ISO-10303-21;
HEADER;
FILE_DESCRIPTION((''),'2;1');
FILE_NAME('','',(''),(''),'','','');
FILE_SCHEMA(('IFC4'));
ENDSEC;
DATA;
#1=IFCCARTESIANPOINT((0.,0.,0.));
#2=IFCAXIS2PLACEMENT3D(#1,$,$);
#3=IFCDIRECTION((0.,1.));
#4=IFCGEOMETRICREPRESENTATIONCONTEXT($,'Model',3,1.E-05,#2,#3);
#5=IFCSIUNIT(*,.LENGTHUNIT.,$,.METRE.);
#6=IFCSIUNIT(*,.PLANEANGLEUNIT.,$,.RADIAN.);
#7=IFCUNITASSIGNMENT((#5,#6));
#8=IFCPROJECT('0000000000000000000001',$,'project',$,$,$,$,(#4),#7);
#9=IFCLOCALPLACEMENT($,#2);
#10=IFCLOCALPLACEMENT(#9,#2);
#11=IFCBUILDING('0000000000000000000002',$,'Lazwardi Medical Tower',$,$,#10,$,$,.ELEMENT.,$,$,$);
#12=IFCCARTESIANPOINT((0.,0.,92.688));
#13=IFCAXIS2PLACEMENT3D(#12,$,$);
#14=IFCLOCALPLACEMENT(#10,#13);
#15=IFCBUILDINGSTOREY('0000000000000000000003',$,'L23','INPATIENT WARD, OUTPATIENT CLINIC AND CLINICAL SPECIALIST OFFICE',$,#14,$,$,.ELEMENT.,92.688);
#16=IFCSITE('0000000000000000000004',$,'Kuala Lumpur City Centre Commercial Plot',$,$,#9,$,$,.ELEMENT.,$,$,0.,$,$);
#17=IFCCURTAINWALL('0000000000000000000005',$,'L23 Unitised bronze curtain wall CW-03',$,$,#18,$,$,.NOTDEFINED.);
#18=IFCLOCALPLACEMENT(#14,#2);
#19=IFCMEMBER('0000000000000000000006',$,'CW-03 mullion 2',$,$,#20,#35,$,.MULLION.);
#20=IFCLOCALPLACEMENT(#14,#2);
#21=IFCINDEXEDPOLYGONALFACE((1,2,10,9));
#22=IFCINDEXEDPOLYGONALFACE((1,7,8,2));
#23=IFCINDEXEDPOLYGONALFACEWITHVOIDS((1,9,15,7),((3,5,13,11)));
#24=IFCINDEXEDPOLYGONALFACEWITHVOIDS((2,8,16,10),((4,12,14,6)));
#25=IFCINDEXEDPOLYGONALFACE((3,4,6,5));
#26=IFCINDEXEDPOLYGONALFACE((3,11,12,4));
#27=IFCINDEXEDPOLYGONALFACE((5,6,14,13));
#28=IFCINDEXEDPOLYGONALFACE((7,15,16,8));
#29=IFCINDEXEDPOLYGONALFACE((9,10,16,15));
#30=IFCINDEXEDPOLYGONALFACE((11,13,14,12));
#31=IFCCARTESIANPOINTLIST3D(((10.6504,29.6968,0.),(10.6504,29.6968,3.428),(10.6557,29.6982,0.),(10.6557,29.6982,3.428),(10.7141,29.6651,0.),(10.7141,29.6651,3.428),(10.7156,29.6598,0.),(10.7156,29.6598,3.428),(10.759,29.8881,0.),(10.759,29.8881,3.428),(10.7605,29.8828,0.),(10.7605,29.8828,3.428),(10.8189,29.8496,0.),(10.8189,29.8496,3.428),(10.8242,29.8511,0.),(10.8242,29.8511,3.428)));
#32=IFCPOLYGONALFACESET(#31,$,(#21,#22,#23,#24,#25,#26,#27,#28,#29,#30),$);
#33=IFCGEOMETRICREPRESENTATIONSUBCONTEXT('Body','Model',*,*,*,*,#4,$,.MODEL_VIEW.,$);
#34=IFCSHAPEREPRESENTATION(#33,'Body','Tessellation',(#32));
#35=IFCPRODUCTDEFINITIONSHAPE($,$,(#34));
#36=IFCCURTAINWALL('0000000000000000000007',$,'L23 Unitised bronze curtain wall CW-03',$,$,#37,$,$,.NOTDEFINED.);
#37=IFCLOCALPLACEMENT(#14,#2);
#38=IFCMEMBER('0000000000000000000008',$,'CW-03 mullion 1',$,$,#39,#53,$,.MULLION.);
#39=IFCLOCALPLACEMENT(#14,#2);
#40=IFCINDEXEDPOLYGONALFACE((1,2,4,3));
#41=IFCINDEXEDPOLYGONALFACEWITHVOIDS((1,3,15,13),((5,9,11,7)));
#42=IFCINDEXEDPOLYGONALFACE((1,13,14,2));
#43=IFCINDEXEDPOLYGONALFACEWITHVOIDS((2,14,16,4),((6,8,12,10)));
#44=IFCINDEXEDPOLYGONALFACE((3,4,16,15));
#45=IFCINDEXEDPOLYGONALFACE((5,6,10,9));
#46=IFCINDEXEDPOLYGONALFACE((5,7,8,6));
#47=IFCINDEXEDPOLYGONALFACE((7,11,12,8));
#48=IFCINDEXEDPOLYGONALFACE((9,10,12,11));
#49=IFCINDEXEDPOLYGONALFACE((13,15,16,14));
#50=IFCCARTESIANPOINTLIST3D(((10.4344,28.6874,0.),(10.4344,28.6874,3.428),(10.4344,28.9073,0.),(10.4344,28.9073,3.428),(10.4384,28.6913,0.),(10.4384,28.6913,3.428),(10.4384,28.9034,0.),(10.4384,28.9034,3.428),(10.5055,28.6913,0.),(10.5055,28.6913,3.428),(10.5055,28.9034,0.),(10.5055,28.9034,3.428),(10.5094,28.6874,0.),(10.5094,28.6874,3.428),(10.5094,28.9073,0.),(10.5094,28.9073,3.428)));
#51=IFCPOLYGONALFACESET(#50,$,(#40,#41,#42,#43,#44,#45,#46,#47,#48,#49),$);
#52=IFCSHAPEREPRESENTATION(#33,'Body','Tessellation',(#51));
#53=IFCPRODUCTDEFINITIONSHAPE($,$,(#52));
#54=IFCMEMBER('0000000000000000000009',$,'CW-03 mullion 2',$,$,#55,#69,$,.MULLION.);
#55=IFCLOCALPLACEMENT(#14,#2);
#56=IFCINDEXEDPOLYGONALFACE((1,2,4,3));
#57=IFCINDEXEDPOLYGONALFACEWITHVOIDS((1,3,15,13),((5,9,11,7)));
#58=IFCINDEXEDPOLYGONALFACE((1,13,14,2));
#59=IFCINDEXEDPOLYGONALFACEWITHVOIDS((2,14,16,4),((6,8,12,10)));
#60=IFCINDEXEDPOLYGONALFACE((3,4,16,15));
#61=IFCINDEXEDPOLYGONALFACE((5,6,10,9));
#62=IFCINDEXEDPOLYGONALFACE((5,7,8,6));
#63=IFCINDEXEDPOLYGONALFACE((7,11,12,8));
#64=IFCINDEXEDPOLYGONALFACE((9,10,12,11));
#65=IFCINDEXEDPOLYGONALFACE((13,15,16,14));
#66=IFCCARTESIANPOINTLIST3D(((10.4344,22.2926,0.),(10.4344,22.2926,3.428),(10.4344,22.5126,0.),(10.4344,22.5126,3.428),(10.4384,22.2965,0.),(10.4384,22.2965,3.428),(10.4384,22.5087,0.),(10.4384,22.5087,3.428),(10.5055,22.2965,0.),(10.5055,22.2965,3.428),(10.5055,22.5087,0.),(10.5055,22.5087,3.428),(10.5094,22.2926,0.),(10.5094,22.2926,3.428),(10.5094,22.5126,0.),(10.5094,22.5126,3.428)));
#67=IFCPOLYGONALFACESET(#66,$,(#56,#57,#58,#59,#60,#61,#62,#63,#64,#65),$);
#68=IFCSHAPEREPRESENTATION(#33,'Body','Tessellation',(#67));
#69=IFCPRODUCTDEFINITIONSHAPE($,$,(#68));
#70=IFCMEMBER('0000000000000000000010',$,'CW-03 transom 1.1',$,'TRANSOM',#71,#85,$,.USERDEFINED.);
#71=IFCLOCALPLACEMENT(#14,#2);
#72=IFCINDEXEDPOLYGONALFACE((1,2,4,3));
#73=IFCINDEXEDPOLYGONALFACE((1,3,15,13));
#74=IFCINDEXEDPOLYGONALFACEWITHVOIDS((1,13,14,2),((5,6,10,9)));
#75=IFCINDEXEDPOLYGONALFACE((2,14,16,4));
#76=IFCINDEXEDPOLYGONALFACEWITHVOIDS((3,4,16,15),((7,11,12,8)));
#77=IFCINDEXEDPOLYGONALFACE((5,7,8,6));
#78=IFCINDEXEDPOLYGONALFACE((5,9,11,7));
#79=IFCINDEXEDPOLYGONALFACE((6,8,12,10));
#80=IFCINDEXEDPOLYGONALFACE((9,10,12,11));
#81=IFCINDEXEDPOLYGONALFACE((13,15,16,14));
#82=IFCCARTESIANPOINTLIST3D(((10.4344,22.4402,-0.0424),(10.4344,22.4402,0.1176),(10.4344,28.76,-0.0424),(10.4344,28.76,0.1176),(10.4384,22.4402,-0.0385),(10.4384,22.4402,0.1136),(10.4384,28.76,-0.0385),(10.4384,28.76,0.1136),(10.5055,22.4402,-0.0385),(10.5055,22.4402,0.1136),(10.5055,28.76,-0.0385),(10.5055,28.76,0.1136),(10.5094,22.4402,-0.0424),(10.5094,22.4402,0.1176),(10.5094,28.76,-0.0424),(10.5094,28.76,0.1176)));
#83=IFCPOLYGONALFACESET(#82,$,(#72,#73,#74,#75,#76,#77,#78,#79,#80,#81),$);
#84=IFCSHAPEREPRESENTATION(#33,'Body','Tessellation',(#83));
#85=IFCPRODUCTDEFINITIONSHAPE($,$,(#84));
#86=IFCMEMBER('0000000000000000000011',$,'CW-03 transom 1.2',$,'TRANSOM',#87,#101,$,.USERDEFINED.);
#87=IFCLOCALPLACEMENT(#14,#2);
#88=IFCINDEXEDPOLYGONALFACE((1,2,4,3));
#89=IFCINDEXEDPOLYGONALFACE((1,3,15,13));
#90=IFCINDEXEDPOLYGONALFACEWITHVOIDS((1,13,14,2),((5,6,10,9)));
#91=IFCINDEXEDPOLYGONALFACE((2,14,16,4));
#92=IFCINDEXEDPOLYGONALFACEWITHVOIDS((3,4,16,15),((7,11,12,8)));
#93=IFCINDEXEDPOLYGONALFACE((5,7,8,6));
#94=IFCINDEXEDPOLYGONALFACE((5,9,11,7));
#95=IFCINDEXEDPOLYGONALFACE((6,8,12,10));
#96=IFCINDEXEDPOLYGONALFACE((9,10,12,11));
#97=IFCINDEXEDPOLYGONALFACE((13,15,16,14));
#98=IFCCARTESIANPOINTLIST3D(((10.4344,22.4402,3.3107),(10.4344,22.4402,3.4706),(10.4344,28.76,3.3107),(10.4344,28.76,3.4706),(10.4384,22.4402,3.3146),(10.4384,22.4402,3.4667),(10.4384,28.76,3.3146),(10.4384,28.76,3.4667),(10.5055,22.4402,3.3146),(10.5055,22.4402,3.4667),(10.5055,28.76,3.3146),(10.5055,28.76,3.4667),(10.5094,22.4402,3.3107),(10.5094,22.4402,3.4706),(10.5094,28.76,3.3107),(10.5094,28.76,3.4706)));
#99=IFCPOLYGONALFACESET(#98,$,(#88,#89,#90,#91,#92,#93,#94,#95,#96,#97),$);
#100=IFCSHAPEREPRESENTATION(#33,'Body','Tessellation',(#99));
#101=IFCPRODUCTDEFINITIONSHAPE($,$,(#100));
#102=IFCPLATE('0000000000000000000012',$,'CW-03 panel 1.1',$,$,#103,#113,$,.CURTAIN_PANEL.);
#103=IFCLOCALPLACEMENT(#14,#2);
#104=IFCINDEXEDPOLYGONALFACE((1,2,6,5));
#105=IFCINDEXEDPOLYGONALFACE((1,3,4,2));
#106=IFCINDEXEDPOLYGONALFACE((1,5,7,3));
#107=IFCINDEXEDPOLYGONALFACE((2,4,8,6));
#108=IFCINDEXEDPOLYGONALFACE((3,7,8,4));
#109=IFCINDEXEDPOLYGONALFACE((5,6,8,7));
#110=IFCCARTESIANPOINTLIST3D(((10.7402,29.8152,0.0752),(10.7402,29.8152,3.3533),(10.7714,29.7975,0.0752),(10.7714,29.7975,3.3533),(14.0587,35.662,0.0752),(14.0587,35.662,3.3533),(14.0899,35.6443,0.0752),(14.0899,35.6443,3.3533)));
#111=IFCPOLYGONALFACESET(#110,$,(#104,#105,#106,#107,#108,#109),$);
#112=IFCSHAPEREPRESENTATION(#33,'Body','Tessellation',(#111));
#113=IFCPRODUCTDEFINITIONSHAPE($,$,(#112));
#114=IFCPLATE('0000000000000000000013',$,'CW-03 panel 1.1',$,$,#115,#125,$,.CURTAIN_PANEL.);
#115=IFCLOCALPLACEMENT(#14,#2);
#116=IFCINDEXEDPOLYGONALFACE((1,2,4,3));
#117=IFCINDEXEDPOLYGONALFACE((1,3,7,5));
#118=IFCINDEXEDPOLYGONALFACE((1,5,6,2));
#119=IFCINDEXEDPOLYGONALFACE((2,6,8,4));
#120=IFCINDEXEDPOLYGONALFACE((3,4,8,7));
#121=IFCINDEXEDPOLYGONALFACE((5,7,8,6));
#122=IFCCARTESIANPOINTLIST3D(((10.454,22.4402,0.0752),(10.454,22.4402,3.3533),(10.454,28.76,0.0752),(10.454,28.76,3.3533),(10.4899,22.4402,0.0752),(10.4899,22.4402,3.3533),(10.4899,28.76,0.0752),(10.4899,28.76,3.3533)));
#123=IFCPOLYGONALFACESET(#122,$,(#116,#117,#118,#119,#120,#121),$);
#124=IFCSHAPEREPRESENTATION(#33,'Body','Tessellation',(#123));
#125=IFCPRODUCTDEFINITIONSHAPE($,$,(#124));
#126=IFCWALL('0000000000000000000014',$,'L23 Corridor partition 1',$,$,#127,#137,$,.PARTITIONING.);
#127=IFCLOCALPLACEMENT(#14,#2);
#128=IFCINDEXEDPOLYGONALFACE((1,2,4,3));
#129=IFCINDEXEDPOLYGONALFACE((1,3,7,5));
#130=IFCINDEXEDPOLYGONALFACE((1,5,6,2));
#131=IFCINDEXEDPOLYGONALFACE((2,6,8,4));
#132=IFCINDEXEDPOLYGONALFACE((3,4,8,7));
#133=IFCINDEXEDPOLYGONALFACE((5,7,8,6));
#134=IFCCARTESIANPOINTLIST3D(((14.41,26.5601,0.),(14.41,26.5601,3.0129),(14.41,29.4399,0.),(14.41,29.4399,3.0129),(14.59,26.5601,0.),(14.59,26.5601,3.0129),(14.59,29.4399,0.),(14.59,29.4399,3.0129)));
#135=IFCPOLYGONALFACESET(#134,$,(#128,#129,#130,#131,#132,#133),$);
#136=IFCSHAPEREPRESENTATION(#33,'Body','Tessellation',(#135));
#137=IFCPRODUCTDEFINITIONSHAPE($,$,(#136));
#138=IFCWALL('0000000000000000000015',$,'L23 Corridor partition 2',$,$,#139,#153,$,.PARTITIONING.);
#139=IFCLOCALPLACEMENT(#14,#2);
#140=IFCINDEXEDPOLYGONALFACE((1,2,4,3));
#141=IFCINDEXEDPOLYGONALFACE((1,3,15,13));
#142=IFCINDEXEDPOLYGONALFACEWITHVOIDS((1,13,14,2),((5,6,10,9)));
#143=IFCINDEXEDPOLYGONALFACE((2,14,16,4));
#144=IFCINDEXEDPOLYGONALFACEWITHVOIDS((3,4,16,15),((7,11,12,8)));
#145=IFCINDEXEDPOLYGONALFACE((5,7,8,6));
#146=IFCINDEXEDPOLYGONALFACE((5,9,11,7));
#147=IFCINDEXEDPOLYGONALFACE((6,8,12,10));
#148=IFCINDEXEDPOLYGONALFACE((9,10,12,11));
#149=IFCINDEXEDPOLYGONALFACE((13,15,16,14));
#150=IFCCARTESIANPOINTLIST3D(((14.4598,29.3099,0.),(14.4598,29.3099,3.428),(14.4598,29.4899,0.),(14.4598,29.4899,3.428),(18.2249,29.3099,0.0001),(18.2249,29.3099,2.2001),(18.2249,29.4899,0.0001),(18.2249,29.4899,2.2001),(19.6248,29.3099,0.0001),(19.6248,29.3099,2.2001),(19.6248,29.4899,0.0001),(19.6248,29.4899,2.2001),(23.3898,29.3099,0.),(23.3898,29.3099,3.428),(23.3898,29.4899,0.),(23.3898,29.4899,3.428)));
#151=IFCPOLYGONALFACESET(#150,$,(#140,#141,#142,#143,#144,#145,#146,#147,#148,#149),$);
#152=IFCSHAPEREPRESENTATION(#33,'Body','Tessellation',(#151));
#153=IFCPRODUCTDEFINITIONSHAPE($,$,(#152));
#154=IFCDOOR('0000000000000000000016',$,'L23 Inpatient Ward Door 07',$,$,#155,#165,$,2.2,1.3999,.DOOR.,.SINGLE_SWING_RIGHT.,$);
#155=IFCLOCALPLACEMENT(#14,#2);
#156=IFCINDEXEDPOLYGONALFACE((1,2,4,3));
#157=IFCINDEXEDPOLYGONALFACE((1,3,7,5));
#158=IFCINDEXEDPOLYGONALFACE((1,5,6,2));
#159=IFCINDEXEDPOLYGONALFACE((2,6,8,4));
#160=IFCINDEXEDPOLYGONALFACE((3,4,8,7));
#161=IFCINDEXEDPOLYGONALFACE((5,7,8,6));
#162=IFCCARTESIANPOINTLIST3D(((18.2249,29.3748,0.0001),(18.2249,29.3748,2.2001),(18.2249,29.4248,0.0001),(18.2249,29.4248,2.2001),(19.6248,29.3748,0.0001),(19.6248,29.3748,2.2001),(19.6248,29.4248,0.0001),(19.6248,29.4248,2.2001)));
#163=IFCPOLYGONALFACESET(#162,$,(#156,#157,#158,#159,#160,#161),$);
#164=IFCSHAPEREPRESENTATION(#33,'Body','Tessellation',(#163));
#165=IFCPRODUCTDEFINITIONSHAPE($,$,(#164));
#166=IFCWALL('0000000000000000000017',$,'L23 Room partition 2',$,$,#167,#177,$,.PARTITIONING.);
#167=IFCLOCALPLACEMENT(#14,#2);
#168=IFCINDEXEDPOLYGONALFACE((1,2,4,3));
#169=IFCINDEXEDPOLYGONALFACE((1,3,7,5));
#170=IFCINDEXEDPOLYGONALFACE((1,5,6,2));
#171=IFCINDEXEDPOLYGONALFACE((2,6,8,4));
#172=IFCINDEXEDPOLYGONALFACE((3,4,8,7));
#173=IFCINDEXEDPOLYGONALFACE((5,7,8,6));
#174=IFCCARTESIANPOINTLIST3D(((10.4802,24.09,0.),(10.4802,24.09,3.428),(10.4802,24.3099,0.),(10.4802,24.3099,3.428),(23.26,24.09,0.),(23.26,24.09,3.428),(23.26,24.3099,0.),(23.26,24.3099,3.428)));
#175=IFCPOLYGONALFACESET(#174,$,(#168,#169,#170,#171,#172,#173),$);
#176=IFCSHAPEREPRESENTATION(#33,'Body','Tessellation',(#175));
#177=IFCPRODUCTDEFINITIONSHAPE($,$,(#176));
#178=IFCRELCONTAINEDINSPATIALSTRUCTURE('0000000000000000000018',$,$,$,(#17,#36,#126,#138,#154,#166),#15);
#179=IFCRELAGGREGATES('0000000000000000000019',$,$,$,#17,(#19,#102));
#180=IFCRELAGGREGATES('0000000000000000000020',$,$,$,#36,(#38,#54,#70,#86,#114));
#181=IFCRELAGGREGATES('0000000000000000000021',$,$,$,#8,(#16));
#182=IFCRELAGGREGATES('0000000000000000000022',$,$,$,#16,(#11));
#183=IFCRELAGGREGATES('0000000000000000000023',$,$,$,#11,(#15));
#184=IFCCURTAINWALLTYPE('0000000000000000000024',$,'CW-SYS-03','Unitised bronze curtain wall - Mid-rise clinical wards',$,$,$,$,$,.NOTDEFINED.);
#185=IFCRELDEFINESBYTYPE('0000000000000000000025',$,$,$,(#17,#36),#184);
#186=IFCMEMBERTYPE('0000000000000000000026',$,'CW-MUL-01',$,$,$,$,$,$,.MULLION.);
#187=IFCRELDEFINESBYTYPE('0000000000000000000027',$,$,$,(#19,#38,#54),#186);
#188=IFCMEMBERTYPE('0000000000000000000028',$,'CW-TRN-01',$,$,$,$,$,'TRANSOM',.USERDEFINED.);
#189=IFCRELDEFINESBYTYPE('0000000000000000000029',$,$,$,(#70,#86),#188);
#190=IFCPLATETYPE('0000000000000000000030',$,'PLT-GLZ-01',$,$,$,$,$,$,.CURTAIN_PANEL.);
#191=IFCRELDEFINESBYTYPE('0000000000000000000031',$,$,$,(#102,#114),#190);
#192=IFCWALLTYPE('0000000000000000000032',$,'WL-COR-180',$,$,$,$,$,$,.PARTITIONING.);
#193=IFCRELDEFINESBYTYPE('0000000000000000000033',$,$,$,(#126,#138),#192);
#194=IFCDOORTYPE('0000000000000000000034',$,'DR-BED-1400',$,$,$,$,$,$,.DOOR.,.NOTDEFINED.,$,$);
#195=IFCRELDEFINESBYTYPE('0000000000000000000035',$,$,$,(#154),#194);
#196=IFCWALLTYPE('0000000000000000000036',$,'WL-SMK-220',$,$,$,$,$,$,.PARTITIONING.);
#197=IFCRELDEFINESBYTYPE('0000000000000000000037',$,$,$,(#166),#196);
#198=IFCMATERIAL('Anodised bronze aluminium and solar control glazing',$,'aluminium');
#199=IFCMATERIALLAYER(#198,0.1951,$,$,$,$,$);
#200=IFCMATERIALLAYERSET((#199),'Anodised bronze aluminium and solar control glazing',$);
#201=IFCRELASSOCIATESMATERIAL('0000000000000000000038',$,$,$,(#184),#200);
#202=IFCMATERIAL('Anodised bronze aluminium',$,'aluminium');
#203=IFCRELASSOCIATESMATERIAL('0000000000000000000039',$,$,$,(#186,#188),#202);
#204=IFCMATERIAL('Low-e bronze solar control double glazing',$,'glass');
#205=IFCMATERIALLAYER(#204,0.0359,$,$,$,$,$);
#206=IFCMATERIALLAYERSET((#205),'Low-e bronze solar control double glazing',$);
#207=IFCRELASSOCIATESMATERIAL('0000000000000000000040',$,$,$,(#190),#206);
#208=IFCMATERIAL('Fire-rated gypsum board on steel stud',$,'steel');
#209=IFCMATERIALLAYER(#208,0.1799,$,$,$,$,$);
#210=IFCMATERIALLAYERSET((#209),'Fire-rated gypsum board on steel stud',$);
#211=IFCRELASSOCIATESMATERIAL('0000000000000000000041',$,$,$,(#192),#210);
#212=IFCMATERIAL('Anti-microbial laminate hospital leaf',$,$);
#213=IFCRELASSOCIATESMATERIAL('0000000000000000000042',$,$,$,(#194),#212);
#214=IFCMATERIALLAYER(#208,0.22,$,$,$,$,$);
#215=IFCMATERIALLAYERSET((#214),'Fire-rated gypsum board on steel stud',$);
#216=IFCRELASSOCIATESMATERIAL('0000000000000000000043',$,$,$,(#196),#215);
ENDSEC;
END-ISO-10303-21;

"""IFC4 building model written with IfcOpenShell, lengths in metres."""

from ifc_helpers import new_model, si_unit, direction, frame, frame_2d, origin, origin_2d, place, context, subcontext, project, spatial, rectangle, hollow_rectangle, extrude, material, layer, layer_set, material_profile, profile_set, type_object, element, fill, aggregate, save


model = new_model("IFC4")

# Units and contexts
model_context = context("Model", 3, precision=1e-05, world=origin(), true_north=direction((0.0, 1.0)))
body_context = subcontext(model_context, "Body", "Model", "MODEL_VIEW")
ifc_project = project(units=[si_unit("LENGTHUNIT", "METRE"), si_unit("PLANEANGLEUNIT", "RADIAN")], contexts=[model_context])

# Site, building, storey
site_placement = place(None, origin())
site = spatial("IfcSite", under=ifc_project, at=site_placement, Name="Kuala Lumpur City Centre Commercial Plot", CompositionType="ELEMENT", RefElevation=0.0)
building_placement = place(site_placement, origin())
building = spatial("IfcBuilding", under=site, at=building_placement, Name="Lazwardi Medical Tower", CompositionType="ELEMENT")
storey_placement = place(building_placement, frame((0.0, 0.0, 92.688)))
storey = spatial("IfcBuildingStorey", under=building, at=storey_placement, Name="L23", Description="INPATIENT WARD, OUTPATIENT CLINIC AND CLINICAL SPECIALIST OFFICE", CompositionType="ELEMENT", Elevation=92.688)

# Curtain wall, member
ifc_material_1 = material(Name="Anodised bronze aluminium and solar control glazing", Category="aluminium")
ifc_layer_1 = layer(ifc_material_1, 0.1951)
ifc_layer_set_1 = layer_set([ifc_layer_1], Name="Anodised bronze aluminium and solar control glazing")
curtain_wall_type = type_object("IfcCurtainWallType", Name="CW-SYS-03", Description="Unitised bronze curtain wall - Mid-rise clinical wards", PredefinedType="NOTDEFINED", material=ifc_layer_set_1)
curtain_wall_1_placement = place(storey_placement, origin())
curtain_wall_1 = element("IfcCurtainWall", 1, at=curtain_wall_1_placement, inside=storey, type_object=curtain_wall_type, Name="L23 Unitised bronze curtain wall CW-03", PredefinedType="NOTDEFINED")
ifc_material_2 = material(Name="Anodised bronze aluminium", Category="aluminium")
ifc_material_profile_1 = material_profile(ifc_material_2, hollow_rectangle(XDim=0.075, YDim=0.22, WallThickness=0.0039, at=origin_2d()), Name="ALU-MULLION 220x75x4")
ifc_profile_set_1 = profile_set([ifc_material_profile_1], Name="Anodised bronze aluminium")
member_type_1 = type_object("IfcMemberType", Name="CW-MUL-01", PredefinedType="MULLION", material=ifc_profile_set_1)
member_1_placement = place(storey_placement, frame((10.7373, 29.7739, 0.0), z_axis=(0.0, 0.0, 1.0), x_axis=(0.869687, -0.493603, 0.0)))
member_1 = element("IfcMember", 2, at=member_1_placement, type_object=member_type_1, Name="CW-03 mullion 2", PredefinedType="MULLION", context=body_context, shape_type="SweptSolid", body=[
    extrude(hollow_rectangle(XDim=0.075, YDim=0.22, WallThickness=0.0039, at=origin_2d()), origin(), (0.0, 0.0, 1.0), 3.428),
])

# Curtain wall, members
curtain_wall_2_placement = place(storey_placement, origin())
curtain_wall_2 = element("IfcCurtainWall", 3, at=curtain_wall_2_placement, inside=storey, type_object=curtain_wall_type, Name="L23 Unitised bronze curtain wall CW-03", PredefinedType="NOTDEFINED")
member_2_placement = place(storey_placement, frame((10.4719, 28.7974, 0.0), z_axis=(0.0, 0.0, 1.0), x_axis=(1.0, 0.0, 0.0)))
member_2 = element("IfcMember", 4, at=member_2_placement, type_object=member_type_1, Name="CW-03 mullion 1", PredefinedType="MULLION", context=body_context, shape_type="SweptSolid", body=[
    extrude(hollow_rectangle(XDim=0.075, YDim=0.22, WallThickness=0.0039, at=origin_2d()), origin(), (0.0, 0.0, 1.0), 3.428),
])
member_3_placement = place(storey_placement, frame((10.4719, 22.4026, 0.0), z_axis=(0.0, 0.0, 1.0), x_axis=(1.0, 0.0, 0.0)))
member_3 = element("IfcMember", 5, at=member_3_placement, type_object=member_type_1, Name="CW-03 mullion 2", PredefinedType="MULLION", context=body_context, shape_type="SweptSolid", body=[
    extrude(hollow_rectangle(XDim=0.075, YDim=0.22, WallThickness=0.0039, at=origin_2d()), origin(), (0.0, 0.0, 1.0), 3.428),
])
ifc_material_profile_2 = material_profile(ifc_material_2, hollow_rectangle(XDim=0.075, YDim=0.1599, WallThickness=0.0039, at=origin_2d()), Name="ALU-TRANSOM 160x75x4")
ifc_profile_set_2 = profile_set([ifc_material_profile_2], Name="Anodised bronze aluminium")
member_type_2 = type_object("IfcMemberType", Name="CW-TRN-01", ElementType="TRANSOM", PredefinedType="USERDEFINED", material=ifc_profile_set_2)
member_4_placement = place(storey_placement, frame((10.4719, 28.76, 0.0376), z_axis=(0.0, -1.0, 0.0), x_axis=(1.0, 0.0, 0.0)))
member_4 = element("IfcMember", 6, at=member_4_placement, type_object=member_type_2, Name="CW-03 transom 1.1", ObjectType="TRANSOM", PredefinedType="USERDEFINED", context=body_context, shape_type="SweptSolid", body=[
    extrude(hollow_rectangle(XDim=0.075, YDim=0.1599, WallThickness=0.0039, at=origin_2d()), origin(), (0.0, 0.0, 1.0), 6.3198),
])
member_5_placement = place(storey_placement, frame((10.4719, 28.76, 3.3906), z_axis=(0.0, -1.0, 0.0), x_axis=(1.0, 0.0, 0.0)))
member_5 = element("IfcMember", 7, at=member_5_placement, type_object=member_type_2, Name="CW-03 transom 1.2", ObjectType="TRANSOM", PredefinedType="USERDEFINED", context=body_context, shape_type="SweptSolid", body=[
    extrude(hollow_rectangle(XDim=0.075, YDim=0.1599, WallThickness=0.0039, at=origin_2d()), origin(), (0.0, 0.0, 1.0), 6.3198),
])

# Plates
ifc_material_3 = material(Name="Low-e bronze solar control double glazing", Category="glass")
ifc_layer_2 = layer(ifc_material_3, 0.0359)
ifc_layer_set_2 = layer_set([ifc_layer_2], Name="Low-e bronze solar control double glazing")
plate_type = type_object("IfcPlateType", Name="PLT-GLZ-01", PredefinedType="CURTAIN_PANEL", material=ifc_layer_set_2)
plate_1_placement = place(storey_placement, frame((12.415, 32.7297, 0.0752), z_axis=(0.0, 0.0, 1.0), x_axis=(-0.493603, -0.869687, 0.0)))
plate_1 = element("IfcPlate", 8, at=plate_1_placement, type_object=plate_type, Name="CW-03 panel 1.1", PredefinedType="CURTAIN_PANEL", context=body_context, shape_type="SweptSolid", body=[
    extrude(rectangle(XDim=6.7229, YDim=0.0359, at=origin_2d()), origin(), (0.0, 0.0, 1.0), 3.2781),
])
aggregate(curtain_wall_1, [member_1, plate_1])
plate_2_placement = place(storey_placement, frame((10.4719, 25.6001, 0.0752), z_axis=(0.0, 0.0, 1.0), x_axis=(0.0, -1.0, 0.0)))
plate_2 = element("IfcPlate", 9, at=plate_2_placement, type_object=plate_type, Name="CW-03 panel 1.1", PredefinedType="CURTAIN_PANEL", context=body_context, shape_type="SweptSolid", body=[
    extrude(rectangle(XDim=6.3198, YDim=0.0359, at=origin_2d()), origin(), (0.0, 0.0, 1.0), 3.2781),
])
aggregate(curtain_wall_2, [member_2, member_3, member_4, member_5, plate_2])

# Wall
ifc_material_4 = material(Name="Fire-rated gypsum board on steel stud", Category="steel")
ifc_layer_3 = layer(ifc_material_4, 0.1799)
ifc_layer_set_3 = layer_set([ifc_layer_3], Name="Fire-rated gypsum board on steel stud")
wall_type_1 = type_object("IfcWallType", Name="WL-COR-180", PredefinedType="PARTITIONING", material=ifc_layer_set_3)
wall_1_placement = place(storey_placement, frame((14.5, 26.5601, 0.0), z_axis=(0.0, 0.0, 1.0), x_axis=(0.0, 1.0, 0.0)))
element("IfcWall", 10, at=wall_1_placement, inside=storey, type_object=wall_type_1, Name="L23 Corridor partition 1", PredefinedType="PARTITIONING", context=body_context, shape_type="SweptSolid", body=[
    extrude(rectangle(XDim=2.8799, YDim=0.1799, at=frame_2d((1.4399, 0.0))), origin(), (0.0, 0.0, 1.0), 3.0129),
])

# Wall, opening, door
wall_2_placement = place(storey_placement, frame((14.46, 29.3999, 0.0), z_axis=(0.0, 0.0, 1.0), x_axis=(1.0, 0.0, 0.0)))
wall_2 = element("IfcWall", 11, at=wall_2_placement, inside=storey, type_object=wall_type_1, Name="L23 Corridor partition 2", PredefinedType="PARTITIONING", context=body_context, shape_type="SweptSolid", body=[
    extrude(rectangle(XDim=8.9299, YDim=0.1799, at=frame_2d((4.4648, 0.0))), origin(), (0.0, 0.0, 1.0), 3.428),
])
opening_placement = place(wall_2_placement, frame((3.7649, 0.0, 0.0)))
opening = element("IfcOpeningElement", 12, at=opening_placement, cuts=wall_2, PredefinedType="OPENING", context=body_context, shape_type="SweptSolid", body=[
    extrude(rectangle(XDim=1.3999, YDim=2.2, at=frame_2d((0.7, 1.1001))), frame((0.0, 0.0999, 0.0), z_axis=(0.0, -1.0, 0.0), x_axis=(1.0, 0.0, 0.0)), (0.0, 0.0, 1.0), 0.2),
])
ifc_material_5 = material(Name="Anti-microbial laminate hospital leaf")
door_type = type_object("IfcDoorType", Name="DR-BED-1400", OperationType="NOTDEFINED", PredefinedType="DOOR", material=ifc_material_5)
door_placement = place(opening_placement, origin())
door = element("IfcDoor", 13, at=door_placement, inside=storey, type_object=door_type, Name="L23 Inpatient Ward Door 07", OperationType="SINGLE_SWING_RIGHT", OverallHeight=2.2, OverallWidth=1.3999, PredefinedType="DOOR", context=body_context, shape_type="SweptSolid", body=[
    extrude(rectangle(XDim=1.3999, YDim=2.2, at=frame_2d((0.7, 1.1001))), frame((0.0, 0.0249, 0.0), z_axis=(0.0, -1.0, 0.0), x_axis=(1.0, 0.0, 0.0)), (0.0, 0.0, 1.0), 0.05),
])
fill(opening, door)

# Wall
ifc_layer_4 = layer(ifc_material_4, 0.22)
ifc_layer_set_4 = layer_set([ifc_layer_4], Name="Fire-rated gypsum board on steel stud")
wall_type_2 = type_object("IfcWallType", Name="WL-SMK-220", PredefinedType="PARTITIONING", material=ifc_layer_set_4)
wall_3_placement = place(storey_placement, frame((10.4802, 24.2, 0.0), z_axis=(0.0, 0.0, 1.0), x_axis=(1.0, 0.0, 0.0)))
element("IfcWall", 14, at=wall_3_placement, inside=storey, type_object=wall_type_2, Name="L23 Room partition 2", PredefinedType="PARTITIONING", context=body_context, shape_type="SweptSolid", body=[
    extrude(rectangle(XDim=12.7798, YDim=0.22, at=frame_2d((6.3899, 0.0))), origin(), (0.0, 0.0, 1.0), 3.428),
])

save(model, "model.ifc")
